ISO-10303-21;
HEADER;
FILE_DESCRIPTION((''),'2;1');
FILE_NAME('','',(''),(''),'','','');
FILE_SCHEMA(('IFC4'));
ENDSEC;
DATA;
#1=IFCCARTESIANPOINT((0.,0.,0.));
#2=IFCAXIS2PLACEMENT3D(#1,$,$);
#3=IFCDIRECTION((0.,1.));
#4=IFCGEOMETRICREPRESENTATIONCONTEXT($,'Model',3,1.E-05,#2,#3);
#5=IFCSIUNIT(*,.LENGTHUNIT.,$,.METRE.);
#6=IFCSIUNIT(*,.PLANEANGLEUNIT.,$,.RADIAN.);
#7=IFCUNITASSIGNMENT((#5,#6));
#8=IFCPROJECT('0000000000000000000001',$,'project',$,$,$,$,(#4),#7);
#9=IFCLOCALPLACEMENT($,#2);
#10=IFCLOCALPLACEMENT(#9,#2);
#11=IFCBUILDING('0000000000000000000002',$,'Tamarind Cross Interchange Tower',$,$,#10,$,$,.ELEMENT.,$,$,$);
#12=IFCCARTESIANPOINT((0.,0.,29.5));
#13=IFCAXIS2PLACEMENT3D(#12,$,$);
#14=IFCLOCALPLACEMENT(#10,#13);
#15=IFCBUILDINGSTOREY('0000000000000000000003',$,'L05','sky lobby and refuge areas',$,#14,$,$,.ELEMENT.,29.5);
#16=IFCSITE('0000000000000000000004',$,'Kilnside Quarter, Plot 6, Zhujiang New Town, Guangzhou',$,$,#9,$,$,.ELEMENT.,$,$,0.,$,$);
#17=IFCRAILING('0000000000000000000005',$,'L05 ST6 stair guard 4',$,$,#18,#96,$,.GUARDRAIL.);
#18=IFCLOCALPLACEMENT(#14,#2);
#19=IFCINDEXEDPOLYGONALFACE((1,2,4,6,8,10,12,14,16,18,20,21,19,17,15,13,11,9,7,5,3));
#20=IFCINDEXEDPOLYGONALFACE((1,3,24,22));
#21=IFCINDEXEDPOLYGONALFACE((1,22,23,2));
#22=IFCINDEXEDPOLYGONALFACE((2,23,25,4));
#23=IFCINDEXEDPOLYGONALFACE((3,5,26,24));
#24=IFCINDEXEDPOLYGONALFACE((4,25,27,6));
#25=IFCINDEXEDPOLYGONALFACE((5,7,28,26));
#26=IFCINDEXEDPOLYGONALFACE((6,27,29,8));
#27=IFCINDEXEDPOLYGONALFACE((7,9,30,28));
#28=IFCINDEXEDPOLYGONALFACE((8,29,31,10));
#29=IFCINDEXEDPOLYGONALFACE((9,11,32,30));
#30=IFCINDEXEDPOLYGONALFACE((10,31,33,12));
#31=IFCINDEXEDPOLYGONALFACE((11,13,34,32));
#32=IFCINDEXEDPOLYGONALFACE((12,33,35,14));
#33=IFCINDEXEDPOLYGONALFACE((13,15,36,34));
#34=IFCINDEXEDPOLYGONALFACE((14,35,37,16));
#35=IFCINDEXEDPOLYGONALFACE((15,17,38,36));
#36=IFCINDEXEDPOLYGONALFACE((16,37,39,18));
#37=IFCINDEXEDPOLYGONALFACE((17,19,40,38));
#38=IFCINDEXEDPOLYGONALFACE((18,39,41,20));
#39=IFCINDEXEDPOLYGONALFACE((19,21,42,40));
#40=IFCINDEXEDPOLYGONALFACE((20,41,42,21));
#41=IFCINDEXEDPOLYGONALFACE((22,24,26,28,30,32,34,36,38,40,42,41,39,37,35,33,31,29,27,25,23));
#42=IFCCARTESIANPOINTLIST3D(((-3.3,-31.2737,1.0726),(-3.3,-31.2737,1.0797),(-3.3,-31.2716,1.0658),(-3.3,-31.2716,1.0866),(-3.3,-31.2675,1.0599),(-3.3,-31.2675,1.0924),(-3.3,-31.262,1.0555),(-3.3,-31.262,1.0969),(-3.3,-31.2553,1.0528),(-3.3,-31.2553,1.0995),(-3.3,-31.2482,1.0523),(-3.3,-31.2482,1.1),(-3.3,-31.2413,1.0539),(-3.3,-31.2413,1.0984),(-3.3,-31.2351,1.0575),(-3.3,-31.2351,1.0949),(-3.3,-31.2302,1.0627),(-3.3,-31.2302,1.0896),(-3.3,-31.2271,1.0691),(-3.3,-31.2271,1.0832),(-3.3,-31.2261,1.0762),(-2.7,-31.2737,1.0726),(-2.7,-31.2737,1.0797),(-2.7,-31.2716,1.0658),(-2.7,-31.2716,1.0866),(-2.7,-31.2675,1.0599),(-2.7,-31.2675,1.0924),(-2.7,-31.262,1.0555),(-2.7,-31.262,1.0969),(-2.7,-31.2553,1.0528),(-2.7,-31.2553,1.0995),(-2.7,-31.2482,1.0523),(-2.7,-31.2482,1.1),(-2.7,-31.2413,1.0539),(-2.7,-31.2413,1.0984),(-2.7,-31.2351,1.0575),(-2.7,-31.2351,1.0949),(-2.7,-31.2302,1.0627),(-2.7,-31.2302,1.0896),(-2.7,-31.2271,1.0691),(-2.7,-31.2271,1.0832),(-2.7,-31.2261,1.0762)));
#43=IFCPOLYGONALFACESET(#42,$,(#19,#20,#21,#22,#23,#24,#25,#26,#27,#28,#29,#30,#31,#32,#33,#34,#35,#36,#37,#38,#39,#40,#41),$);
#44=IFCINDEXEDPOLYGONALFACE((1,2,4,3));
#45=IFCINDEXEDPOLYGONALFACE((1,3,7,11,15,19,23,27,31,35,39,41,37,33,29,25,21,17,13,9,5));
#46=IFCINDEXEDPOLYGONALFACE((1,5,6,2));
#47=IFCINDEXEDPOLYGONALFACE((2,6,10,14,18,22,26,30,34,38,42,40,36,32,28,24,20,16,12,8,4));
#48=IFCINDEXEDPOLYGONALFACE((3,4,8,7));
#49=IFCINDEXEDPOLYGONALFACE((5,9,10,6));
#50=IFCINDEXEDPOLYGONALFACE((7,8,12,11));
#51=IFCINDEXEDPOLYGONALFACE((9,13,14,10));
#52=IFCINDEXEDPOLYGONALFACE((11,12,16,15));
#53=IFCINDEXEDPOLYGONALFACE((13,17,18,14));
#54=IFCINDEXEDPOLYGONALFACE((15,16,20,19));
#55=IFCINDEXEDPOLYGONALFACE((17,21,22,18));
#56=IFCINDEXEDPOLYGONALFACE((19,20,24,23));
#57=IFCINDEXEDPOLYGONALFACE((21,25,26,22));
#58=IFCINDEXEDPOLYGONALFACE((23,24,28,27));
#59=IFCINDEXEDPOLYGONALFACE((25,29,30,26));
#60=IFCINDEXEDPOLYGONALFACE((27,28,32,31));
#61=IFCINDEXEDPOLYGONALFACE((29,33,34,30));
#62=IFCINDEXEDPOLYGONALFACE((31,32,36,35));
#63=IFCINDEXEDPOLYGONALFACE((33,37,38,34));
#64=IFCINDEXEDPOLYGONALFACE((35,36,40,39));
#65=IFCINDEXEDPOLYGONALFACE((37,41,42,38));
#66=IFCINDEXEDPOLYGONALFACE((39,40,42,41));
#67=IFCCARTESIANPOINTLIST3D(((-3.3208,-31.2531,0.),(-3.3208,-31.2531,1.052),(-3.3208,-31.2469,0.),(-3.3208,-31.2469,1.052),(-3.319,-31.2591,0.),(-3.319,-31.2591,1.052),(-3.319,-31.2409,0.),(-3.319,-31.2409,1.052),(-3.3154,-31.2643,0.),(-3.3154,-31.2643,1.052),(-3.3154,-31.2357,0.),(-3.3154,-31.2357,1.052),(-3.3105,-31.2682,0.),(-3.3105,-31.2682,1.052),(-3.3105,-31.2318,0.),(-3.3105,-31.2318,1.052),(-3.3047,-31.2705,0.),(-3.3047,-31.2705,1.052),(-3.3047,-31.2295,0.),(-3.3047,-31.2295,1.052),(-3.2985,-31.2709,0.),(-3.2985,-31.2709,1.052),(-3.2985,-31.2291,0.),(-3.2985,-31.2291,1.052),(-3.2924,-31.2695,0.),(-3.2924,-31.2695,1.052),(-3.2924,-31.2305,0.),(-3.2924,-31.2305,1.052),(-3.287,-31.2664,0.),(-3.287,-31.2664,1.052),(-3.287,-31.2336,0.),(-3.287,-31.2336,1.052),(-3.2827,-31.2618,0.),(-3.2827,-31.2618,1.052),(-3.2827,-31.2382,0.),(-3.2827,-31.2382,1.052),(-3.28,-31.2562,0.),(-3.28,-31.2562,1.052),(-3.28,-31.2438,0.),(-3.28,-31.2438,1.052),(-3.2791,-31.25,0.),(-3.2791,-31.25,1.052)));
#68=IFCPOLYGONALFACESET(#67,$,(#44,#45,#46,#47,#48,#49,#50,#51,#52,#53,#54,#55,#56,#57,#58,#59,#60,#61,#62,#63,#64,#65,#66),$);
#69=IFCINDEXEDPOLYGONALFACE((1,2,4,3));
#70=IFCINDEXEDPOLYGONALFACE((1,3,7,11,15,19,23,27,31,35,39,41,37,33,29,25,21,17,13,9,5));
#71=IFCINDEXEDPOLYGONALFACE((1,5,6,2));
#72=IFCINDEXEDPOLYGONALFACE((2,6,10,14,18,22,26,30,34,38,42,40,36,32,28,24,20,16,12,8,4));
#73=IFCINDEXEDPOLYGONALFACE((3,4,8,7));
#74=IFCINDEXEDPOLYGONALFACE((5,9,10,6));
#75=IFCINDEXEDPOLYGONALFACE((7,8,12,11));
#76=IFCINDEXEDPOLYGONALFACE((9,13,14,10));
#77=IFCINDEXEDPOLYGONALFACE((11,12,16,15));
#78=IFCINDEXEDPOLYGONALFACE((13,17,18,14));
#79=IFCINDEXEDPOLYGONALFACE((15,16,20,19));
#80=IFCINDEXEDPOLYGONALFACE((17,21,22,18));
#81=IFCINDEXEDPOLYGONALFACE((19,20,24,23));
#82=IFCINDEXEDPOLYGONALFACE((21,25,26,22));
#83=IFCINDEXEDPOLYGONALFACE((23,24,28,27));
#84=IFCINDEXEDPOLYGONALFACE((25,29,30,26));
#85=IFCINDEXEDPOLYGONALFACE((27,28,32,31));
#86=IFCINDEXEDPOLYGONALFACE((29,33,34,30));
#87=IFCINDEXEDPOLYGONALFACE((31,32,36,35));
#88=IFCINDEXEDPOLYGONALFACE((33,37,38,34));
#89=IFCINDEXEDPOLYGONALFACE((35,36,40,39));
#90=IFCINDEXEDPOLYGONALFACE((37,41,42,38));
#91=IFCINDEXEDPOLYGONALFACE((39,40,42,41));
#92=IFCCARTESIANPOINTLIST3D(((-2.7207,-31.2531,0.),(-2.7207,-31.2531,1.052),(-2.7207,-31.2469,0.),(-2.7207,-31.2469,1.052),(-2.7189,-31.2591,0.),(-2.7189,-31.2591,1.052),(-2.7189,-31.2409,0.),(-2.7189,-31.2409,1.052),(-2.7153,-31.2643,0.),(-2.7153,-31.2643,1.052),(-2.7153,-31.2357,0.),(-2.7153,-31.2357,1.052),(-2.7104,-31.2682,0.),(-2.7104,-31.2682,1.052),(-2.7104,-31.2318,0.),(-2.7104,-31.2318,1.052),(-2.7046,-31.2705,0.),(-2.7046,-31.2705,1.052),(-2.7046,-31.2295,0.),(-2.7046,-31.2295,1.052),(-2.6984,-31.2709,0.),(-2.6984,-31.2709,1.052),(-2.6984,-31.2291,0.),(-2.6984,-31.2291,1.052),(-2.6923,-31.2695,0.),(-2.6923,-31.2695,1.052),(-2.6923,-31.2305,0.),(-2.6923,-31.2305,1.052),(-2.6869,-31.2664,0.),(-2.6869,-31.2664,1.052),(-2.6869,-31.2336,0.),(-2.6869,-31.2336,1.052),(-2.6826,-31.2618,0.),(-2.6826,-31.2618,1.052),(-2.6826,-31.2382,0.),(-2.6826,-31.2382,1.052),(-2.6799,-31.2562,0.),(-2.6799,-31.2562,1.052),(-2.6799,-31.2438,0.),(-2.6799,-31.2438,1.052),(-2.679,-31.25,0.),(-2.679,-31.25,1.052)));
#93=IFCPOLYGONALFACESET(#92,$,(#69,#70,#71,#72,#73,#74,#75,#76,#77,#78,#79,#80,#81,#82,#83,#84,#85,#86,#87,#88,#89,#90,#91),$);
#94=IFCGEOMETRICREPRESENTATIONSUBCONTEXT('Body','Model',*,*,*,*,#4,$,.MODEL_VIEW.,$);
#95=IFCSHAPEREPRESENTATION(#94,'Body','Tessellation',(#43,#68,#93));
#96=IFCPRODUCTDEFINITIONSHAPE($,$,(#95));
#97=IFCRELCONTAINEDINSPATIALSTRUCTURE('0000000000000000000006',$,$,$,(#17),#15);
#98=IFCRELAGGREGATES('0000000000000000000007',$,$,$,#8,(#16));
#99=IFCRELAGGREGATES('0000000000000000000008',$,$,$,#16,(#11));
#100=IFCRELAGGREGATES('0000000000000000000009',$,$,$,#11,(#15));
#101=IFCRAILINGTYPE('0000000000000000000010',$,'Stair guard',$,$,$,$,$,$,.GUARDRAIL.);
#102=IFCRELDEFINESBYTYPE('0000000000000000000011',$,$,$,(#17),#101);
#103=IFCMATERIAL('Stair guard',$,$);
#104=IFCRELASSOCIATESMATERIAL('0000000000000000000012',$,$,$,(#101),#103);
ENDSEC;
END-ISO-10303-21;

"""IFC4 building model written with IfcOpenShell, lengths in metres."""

from ifc_helpers import new_model, si_unit, direction, frame, origin, origin_2d, place, context, subcontext, project, spatial, circle, extrude, material, type_object, element, save


model = new_model("IFC4")

# Units and contexts
model_context = context("Model", 3, precision=1e-05, world=origin(), true_north=direction((0.0, 1.0)))
body_context = subcontext(model_context, "Body", "Model", "MODEL_VIEW")
ifc_project = project(units=[si_unit("LENGTHUNIT", "METRE"), si_unit("PLANEANGLEUNIT", "RADIAN")], contexts=[model_context])

# Site, building, storey
site_placement = place(None, origin())
site = spatial("IfcSite", under=ifc_project, at=site_placement, Name="Kilnside Quarter, Plot 6, Zhujiang New Town, Guangzhou", CompositionType="ELEMENT", RefElevation=0.0)
building_placement = place(site_placement, origin())
building = spatial("IfcBuilding", under=site, at=building_placement, Name="Tamarind Cross Interchange Tower", CompositionType="ELEMENT")
storey_placement = place(building_placement, frame((0.0, 0.0, 29.5)))
storey = spatial("IfcBuildingStorey", under=building, at=storey_placement, Name="L05", Description="sky lobby and refuge areas", CompositionType="ELEMENT", Elevation=29.5)

# Railing
ifc_material_1 = material(Name="Stair guard")
railing_type = type_object("IfcRailingType", Name="Stair guard", PredefinedType="GUARDRAIL", material=ifc_material_1)
railing_1_placement = place(storey_placement, frame((-3.3, -31.25, 0.0)))
element("IfcRailing", 1, at=railing_1_placement, inside=storey, type_object=railing_type, Name="L05 ST6 stair guard 4", PredefinedType="GUARDRAIL", context=body_context, shape_type="SweptSolid", body=[
    extrude(circle(Radius=0.0239, at=origin_2d()), frame((0.0, 0.0, 1.0762), z_axis=(1.0, 0.0, 0.0), x_axis=(0.0, 1.0, 0.0)), (0.0, 0.0, 1.0), 0.6001),
    extrude(circle(Radius=0.021, at=origin_2d()), origin(), (0.0, 0.0, 1.0), 1.052),
    extrude(circle(Radius=0.021, at=origin_2d()), frame((0.6001, 0.0, 0.0)), (0.0, 0.0, 1.0), 1.052),
])

save(model, "model.ifc")
